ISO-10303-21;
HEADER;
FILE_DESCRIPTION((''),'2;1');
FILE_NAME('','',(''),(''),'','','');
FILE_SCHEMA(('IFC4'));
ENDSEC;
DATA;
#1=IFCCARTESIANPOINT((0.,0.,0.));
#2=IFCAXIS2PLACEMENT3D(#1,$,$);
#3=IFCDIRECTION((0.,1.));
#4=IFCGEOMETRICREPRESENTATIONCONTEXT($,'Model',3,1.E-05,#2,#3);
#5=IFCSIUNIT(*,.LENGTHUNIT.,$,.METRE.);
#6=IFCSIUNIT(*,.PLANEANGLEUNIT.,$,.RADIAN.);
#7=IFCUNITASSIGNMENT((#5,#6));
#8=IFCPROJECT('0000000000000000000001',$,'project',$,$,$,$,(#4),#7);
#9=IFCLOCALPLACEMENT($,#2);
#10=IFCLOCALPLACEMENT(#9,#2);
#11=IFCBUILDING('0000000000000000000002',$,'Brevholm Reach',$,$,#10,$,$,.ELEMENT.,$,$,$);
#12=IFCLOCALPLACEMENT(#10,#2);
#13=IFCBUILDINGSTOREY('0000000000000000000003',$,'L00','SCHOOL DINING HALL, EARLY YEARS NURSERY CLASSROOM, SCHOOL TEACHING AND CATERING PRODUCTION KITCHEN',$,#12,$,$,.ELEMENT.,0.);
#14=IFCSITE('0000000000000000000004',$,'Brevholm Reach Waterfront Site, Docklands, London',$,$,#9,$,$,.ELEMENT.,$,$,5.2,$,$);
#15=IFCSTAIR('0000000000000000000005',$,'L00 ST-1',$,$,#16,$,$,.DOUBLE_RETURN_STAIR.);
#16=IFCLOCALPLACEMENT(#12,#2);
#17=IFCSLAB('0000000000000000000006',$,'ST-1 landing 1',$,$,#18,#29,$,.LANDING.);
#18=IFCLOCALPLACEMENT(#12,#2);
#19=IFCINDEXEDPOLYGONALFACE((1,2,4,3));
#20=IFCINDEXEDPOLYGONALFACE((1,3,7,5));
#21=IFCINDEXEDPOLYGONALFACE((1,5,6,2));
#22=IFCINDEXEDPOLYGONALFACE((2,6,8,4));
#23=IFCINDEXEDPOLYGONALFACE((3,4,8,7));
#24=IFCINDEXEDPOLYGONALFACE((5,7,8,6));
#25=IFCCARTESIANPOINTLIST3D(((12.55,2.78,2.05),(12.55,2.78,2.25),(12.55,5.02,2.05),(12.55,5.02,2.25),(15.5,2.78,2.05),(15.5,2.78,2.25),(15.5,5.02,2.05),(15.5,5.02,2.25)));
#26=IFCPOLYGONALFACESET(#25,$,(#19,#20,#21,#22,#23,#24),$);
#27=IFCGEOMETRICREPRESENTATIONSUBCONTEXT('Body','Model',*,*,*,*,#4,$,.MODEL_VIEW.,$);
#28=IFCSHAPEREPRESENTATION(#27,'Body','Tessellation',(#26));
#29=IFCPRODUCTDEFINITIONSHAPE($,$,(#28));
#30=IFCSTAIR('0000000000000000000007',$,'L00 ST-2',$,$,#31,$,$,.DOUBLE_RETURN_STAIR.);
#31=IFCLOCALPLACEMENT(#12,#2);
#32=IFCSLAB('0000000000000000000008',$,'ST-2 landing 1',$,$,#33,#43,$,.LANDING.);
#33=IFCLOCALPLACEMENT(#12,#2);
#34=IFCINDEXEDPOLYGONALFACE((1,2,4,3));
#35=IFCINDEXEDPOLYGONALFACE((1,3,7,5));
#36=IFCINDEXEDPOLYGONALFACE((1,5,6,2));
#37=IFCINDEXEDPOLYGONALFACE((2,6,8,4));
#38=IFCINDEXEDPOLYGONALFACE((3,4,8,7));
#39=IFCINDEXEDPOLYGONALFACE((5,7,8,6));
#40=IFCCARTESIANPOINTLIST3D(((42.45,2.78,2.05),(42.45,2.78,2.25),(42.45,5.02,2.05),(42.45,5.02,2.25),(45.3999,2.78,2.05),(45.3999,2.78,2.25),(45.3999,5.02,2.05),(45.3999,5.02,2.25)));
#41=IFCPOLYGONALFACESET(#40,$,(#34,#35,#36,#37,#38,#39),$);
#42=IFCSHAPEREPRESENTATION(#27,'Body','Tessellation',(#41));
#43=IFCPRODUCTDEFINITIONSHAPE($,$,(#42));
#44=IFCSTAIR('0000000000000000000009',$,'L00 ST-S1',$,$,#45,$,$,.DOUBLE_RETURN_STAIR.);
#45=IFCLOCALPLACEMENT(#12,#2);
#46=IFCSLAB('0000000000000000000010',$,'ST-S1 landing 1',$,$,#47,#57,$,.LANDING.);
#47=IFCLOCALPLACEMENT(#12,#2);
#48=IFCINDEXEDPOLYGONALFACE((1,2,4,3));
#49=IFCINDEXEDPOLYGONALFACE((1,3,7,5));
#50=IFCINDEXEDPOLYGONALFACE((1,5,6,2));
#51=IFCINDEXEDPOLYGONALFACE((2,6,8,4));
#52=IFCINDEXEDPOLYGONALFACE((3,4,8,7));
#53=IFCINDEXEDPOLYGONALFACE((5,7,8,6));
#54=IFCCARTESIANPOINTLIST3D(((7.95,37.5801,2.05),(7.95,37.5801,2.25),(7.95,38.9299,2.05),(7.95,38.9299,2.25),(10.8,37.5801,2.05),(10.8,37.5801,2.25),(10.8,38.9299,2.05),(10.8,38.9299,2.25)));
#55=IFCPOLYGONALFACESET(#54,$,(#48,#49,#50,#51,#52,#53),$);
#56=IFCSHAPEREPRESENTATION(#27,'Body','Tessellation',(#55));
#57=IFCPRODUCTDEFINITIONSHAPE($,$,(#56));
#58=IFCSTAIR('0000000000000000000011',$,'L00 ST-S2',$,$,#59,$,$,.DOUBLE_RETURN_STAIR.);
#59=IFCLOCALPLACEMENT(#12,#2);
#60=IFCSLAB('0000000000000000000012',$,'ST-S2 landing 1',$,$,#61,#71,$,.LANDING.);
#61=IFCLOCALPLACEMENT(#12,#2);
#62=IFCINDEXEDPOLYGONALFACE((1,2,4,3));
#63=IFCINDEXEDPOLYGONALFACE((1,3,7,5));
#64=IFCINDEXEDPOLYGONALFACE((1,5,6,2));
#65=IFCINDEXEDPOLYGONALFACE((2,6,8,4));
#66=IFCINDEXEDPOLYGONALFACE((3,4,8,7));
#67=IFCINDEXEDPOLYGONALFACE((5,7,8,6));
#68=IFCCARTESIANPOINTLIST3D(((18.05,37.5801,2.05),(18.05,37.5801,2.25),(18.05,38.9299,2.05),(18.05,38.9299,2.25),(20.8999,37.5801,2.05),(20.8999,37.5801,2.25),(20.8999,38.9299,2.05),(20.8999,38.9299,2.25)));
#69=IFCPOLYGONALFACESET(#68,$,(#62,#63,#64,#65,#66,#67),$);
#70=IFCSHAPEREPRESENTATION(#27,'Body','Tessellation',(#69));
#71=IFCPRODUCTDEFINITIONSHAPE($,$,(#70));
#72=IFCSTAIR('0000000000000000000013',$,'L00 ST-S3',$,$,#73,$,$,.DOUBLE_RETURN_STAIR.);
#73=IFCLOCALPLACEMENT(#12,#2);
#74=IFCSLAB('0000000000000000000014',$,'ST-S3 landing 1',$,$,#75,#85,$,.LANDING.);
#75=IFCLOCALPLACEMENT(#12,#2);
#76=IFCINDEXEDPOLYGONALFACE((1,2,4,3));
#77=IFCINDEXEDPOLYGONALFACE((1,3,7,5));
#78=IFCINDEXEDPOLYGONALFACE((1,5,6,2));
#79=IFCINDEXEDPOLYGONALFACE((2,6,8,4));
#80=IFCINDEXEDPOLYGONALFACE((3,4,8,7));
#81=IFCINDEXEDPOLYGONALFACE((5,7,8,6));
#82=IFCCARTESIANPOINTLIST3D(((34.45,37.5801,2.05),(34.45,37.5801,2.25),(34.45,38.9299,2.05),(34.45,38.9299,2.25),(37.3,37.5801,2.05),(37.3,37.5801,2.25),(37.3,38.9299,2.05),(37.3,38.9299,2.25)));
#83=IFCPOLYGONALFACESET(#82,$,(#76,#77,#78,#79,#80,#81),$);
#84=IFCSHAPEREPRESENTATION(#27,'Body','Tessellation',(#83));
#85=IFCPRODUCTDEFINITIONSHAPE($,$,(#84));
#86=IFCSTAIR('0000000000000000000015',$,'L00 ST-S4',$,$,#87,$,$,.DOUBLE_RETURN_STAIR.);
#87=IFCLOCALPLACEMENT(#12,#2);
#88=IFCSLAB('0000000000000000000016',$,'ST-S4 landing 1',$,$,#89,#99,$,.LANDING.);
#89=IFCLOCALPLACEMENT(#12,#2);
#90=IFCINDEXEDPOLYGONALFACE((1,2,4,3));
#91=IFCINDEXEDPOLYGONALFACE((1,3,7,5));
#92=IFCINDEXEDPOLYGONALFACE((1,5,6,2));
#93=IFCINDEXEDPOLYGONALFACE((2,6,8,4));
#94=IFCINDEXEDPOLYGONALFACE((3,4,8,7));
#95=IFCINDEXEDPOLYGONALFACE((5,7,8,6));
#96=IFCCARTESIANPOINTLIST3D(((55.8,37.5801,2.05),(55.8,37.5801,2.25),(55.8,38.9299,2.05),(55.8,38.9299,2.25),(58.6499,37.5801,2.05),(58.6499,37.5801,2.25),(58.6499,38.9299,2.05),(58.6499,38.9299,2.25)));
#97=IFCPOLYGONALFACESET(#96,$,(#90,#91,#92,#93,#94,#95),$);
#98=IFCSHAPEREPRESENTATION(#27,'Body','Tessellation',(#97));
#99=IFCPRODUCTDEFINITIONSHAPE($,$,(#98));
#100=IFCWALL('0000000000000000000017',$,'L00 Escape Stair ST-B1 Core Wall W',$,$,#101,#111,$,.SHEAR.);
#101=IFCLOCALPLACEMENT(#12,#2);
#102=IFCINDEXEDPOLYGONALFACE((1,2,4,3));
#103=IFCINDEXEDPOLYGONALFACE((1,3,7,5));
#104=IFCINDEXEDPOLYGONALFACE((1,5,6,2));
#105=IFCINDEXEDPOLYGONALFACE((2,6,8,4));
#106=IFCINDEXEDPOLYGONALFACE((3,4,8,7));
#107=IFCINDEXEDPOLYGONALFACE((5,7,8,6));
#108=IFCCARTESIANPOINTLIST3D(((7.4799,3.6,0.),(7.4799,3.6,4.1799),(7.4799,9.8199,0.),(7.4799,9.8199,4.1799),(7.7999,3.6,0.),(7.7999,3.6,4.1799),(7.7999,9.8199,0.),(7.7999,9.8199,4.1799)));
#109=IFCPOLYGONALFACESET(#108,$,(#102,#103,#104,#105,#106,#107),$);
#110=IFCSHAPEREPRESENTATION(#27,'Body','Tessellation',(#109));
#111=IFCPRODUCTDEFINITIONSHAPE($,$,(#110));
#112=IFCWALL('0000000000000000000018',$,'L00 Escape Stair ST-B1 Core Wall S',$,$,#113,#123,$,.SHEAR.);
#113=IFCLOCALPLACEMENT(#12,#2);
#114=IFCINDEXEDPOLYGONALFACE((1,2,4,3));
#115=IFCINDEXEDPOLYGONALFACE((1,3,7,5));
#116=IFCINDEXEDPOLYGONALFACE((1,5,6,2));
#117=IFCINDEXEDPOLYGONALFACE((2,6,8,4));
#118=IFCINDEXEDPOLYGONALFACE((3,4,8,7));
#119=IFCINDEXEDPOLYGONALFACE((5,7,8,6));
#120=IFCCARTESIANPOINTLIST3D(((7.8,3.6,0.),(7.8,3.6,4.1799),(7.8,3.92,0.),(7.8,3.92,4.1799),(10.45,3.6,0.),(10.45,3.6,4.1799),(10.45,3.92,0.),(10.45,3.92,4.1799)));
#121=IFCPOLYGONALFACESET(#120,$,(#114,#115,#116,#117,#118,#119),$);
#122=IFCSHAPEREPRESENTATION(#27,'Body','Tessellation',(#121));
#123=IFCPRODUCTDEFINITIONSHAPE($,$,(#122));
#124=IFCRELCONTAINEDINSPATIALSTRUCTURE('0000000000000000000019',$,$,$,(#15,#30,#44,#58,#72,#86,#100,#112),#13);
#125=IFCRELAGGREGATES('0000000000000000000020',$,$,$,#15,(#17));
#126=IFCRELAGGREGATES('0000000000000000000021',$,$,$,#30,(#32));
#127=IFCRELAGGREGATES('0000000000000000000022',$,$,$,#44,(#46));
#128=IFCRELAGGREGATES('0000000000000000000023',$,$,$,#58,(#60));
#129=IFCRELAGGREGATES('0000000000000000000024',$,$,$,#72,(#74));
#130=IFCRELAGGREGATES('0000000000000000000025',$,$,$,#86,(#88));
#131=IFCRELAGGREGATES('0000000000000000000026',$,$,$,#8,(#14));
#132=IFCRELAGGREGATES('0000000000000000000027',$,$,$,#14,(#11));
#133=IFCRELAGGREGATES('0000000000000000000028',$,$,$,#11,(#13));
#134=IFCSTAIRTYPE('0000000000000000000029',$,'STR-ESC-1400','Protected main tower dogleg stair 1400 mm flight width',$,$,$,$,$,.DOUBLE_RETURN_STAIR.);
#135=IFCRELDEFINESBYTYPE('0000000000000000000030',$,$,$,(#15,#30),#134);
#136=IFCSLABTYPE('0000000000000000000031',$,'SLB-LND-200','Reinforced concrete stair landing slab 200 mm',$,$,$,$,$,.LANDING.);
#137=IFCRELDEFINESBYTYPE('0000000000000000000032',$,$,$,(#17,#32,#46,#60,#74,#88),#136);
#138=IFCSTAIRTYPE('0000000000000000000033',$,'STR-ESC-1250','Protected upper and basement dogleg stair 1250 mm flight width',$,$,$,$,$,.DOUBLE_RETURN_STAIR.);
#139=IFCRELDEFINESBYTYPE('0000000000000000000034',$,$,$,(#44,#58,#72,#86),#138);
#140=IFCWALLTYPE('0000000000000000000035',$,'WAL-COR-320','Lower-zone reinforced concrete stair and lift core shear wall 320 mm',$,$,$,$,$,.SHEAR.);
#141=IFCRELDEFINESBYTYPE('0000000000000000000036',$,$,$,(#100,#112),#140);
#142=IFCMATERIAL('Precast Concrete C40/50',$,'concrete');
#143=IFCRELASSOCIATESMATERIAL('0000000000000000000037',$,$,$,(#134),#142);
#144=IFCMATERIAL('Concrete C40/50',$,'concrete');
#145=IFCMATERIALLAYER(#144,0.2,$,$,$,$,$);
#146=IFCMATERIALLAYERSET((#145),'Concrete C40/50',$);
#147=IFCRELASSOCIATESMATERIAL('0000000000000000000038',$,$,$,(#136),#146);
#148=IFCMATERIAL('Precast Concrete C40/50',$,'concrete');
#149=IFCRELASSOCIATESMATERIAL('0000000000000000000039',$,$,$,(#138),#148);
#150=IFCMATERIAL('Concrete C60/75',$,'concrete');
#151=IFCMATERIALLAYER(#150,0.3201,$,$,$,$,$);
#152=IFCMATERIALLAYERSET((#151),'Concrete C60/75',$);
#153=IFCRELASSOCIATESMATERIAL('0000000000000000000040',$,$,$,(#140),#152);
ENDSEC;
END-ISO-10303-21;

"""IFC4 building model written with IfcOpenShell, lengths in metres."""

from ifc_helpers import new_model, si_unit, direction, frame, frame_2d, origin, place, context, subcontext, project, spatial, polyline, rectangle, outline, extrude, material, layer, layer_set, type_object, element, aggregate, save


model = new_model("IFC4")

# Units and contexts
model_context = context("Model", 3, precision=1e-05, world=origin(), true_north=direction((0.0, 1.0)))
body_context = subcontext(model_context, "Body", "Model", "MODEL_VIEW")
ifc_project = project(units=[si_unit("LENGTHUNIT", "METRE"), si_unit("PLANEANGLEUNIT", "RADIAN")], contexts=[model_context])

# Site, building, storey
site_placement = place(None, origin())
site = spatial("IfcSite", under=ifc_project, at=site_placement, Name="Brevholm Reach Waterfront Site, Docklands, London", CompositionType="ELEMENT", RefElevation=5.2)
building_placement = place(site_placement, origin())
building = spatial("IfcBuilding", under=site, at=building_placement, Name="Brevholm Reach", CompositionType="ELEMENT")
storey_placement = place(building_placement, origin())
storey = spatial("IfcBuildingStorey", under=building, at=storey_placement, Name="L00", Description="SCHOOL DINING HALL, EARLY YEARS NURSERY CLASSROOM, SCHOOL TEACHING AND CATERING PRODUCTION KITCHEN", CompositionType="ELEMENT", Elevation=0.0)

# Stairs, slabs
ifc_material_1 = material(Name="Precast Concrete C40/50", Category="concrete")
stair_type_1 = type_object("IfcStairType", Name="STR-ESC-1400", Description="Protected main tower dogleg stair 1400 mm flight width", PredefinedType="DOUBLE_RETURN_STAIR", material=ifc_material_1)
stair_1_placement = place(storey_placement, origin())
stair_1 = element("IfcStair", 1, at=stair_1_placement, inside=storey, type_object=stair_type_1, Name="L00 ST-1", PredefinedType="DOUBLE_RETURN_STAIR")
ifc_material_2 = material(Name="Concrete C40/50", Category="concrete")
ifc_layer_1 = layer(ifc_material_2, 0.2)
ifc_layer_set_1 = layer_set([ifc_layer_1], Name="Concrete C40/50")
slab_type_1 = type_object("IfcSlabType", Name="SLB-LND-200", Description="Reinforced concrete stair landing slab 200 mm", PredefinedType="LANDING", material=ifc_layer_set_1)
slab_1_placement = place(storey_placement, frame((0.0, 0.0, 2.05)))
slab_1 = element("IfcSlab", 2, at=slab_1_placement, type_object=slab_type_1, Name="ST-1 landing 1", PredefinedType="LANDING", context=body_context, shape_type="SweptSolid", body=[
    extrude(outline(polyline([(12.55, 5.02), (12.55, 2.78), (15.5, 2.78), (15.5, 5.02), (12.55, 5.02)])), origin(), (0.0, 0.0, 1.0), 0.2),
])
aggregate(stair_1, [slab_1])
stair_2_placement = place(storey_placement, origin())
stair_2 = element("IfcStair", 3, at=stair_2_placement, inside=storey, type_object=stair_type_1, Name="L00 ST-2", PredefinedType="DOUBLE_RETURN_STAIR")
slab_2_placement = place(storey_placement, frame((0.0, 0.0, 2.05)))
slab_2 = element("IfcSlab", 4, at=slab_2_placement, type_object=slab_type_1, Name="ST-2 landing 1", PredefinedType="LANDING", context=body_context, shape_type="SweptSolid", body=[
    extrude(outline(polyline([(42.45, 5.02), (42.45, 2.78), (45.3999, 2.78), (45.3999, 5.02), (42.45, 5.02)])), origin(), (0.0, 0.0, 1.0), 0.2),
])
aggregate(stair_2, [slab_2])
ifc_material_3 = material(Name="Precast Concrete C40/50", Category="concrete")
stair_type_2 = type_object("IfcStairType", Name="STR-ESC-1250", Description="Protected upper and basement dogleg stair 1250 mm flight width", PredefinedType="DOUBLE_RETURN_STAIR", material=ifc_material_3)
stair_3_placement = place(storey_placement, origin())
stair_3 = element("IfcStair", 5, at=stair_3_placement, inside=storey, type_object=stair_type_2, Name="L00 ST-S1", PredefinedType="DOUBLE_RETURN_STAIR")
slab_3_placement = place(storey_placement, frame((0.0, 0.0, 2.05)))
slab_3 = element("IfcSlab", 6, at=slab_3_placement, type_object=slab_type_1, Name="ST-S1 landing 1", PredefinedType="LANDING", context=body_context, shape_type="SweptSolid", body=[
    extrude(outline(polyline([(10.8, 37.5801), (10.8, 38.9299), (7.95, 38.9299), (7.95, 37.5801), (10.8, 37.5801)])), origin(), (0.0, 0.0, 1.0), 0.2),
])
aggregate(stair_3, [slab_3])
stair_4_placement = place(storey_placement, origin())
stair_4 = element("IfcStair", 7, at=stair_4_placement, inside=storey, type_object=stair_type_2, Name="L00 ST-S2", PredefinedType="DOUBLE_RETURN_STAIR")
slab_4_placement = place(storey_placement, frame((0.0, 0.0, 2.05)))
slab_4 = element("IfcSlab", 8, at=slab_4_placement, type_object=slab_type_1, Name="ST-S2 landing 1", PredefinedType="LANDING", context=body_context, shape_type="SweptSolid", body=[
    extrude(outline(polyline([(20.8999, 37.5801), (20.8999, 38.9299), (18.05, 38.9299), (18.05, 37.5801), (20.8999, 37.5801)])), origin(), (0.0, 0.0, 1.0), 0.2),
])
aggregate(stair_4, [slab_4])
stair_5_placement = place(storey_placement, origin())
stair_5 = element("IfcStair", 9, at=stair_5_placement, inside=storey, type_object=stair_type_2, Name="L00 ST-S3", PredefinedType="DOUBLE_RETURN_STAIR")
slab_5_placement = place(storey_placement, frame((0.0, 0.0, 2.05)))
slab_5 = element("IfcSlab", 10, at=slab_5_placement, type_object=slab_type_1, Name="ST-S3 landing 1", PredefinedType="LANDING", context=body_context, shape_type="SweptSolid", body=[
    extrude(outline(polyline([(37.3, 37.5801), (37.3, 38.9299), (34.45, 38.9299), (34.45, 37.5801), (37.3, 37.5801)])), origin(), (0.0, 0.0, 1.0), 0.2),
])
aggregate(stair_5, [slab_5])
stair_6_placement = place(storey_placement, origin())
stair_6 = element("IfcStair", 11, at=stair_6_placement, inside=storey, type_object=stair_type_2, Name="L00 ST-S4", PredefinedType="DOUBLE_RETURN_STAIR")
slab_6_placement = place(storey_placement, frame((0.0, 0.0, 2.05)))
slab_6 = element("IfcSlab", 12, at=slab_6_placement, type_object=slab_type_1, Name="ST-S4 landing 1", PredefinedType="LANDING", context=body_context, shape_type="SweptSolid", body=[
    extrude(outline(polyline([(58.6499, 37.5801), (58.6499, 38.9299), (55.8, 38.9299), (55.8, 37.5801), (58.6499, 37.5801)])), origin(), (0.0, 0.0, 1.0), 0.2),
])
aggregate(stair_6, [slab_6])

# Walls
ifc_material_4 = material(Name="Concrete C60/75", Category="concrete")
ifc_layer_2 = layer(ifc_material_4, 0.3201)
ifc_layer_set_2 = layer_set([ifc_layer_2], Name="Concrete C60/75")
wall_type_1 = type_object("IfcWallType", Name="WAL-COR-320", Description="Lower-zone reinforced concrete stair and lift core shear wall 320 mm", PredefinedType="SHEAR", material=ifc_layer_set_2)
wall_1_placement = place(storey_placement, frame((7.6399, 3.6001, 0.0), z_axis=(0.0, 0.0, 1.0), x_axis=(0.0, 1.0, 0.0)))
element("IfcWall", 13, at=wall_1_placement, inside=storey, type_object=wall_type_1, Name="L00 Escape Stair ST-B1 Core Wall W", PredefinedType="SHEAR", context=body_context, shape_type="SweptSolid", body=[
    extrude(rectangle(XDim=6.22, YDim=0.3201, at=frame_2d((3.1099, 0.0))), origin(), (0.0, 0.0, 1.0), 4.1799),
])
wall_2_placement = place(storey_placement, frame((7.8, 3.76, 0.0), z_axis=(0.0, 0.0, 1.0), x_axis=(1.0, 0.0, 0.0)))
element("IfcWall", 14, at=wall_2_placement, inside=storey, type_object=wall_type_1, Name="L00 Escape Stair ST-B1 Core Wall S", PredefinedType="SHEAR", context=body_context, shape_type="SweptSolid", body=[
    extrude(rectangle(XDim=2.6499, YDim=0.3201, at=frame_2d((1.325, 0.0))), origin(), (0.0, 0.0, 1.0), 4.1799),
])

save(model, "model.ifc")
